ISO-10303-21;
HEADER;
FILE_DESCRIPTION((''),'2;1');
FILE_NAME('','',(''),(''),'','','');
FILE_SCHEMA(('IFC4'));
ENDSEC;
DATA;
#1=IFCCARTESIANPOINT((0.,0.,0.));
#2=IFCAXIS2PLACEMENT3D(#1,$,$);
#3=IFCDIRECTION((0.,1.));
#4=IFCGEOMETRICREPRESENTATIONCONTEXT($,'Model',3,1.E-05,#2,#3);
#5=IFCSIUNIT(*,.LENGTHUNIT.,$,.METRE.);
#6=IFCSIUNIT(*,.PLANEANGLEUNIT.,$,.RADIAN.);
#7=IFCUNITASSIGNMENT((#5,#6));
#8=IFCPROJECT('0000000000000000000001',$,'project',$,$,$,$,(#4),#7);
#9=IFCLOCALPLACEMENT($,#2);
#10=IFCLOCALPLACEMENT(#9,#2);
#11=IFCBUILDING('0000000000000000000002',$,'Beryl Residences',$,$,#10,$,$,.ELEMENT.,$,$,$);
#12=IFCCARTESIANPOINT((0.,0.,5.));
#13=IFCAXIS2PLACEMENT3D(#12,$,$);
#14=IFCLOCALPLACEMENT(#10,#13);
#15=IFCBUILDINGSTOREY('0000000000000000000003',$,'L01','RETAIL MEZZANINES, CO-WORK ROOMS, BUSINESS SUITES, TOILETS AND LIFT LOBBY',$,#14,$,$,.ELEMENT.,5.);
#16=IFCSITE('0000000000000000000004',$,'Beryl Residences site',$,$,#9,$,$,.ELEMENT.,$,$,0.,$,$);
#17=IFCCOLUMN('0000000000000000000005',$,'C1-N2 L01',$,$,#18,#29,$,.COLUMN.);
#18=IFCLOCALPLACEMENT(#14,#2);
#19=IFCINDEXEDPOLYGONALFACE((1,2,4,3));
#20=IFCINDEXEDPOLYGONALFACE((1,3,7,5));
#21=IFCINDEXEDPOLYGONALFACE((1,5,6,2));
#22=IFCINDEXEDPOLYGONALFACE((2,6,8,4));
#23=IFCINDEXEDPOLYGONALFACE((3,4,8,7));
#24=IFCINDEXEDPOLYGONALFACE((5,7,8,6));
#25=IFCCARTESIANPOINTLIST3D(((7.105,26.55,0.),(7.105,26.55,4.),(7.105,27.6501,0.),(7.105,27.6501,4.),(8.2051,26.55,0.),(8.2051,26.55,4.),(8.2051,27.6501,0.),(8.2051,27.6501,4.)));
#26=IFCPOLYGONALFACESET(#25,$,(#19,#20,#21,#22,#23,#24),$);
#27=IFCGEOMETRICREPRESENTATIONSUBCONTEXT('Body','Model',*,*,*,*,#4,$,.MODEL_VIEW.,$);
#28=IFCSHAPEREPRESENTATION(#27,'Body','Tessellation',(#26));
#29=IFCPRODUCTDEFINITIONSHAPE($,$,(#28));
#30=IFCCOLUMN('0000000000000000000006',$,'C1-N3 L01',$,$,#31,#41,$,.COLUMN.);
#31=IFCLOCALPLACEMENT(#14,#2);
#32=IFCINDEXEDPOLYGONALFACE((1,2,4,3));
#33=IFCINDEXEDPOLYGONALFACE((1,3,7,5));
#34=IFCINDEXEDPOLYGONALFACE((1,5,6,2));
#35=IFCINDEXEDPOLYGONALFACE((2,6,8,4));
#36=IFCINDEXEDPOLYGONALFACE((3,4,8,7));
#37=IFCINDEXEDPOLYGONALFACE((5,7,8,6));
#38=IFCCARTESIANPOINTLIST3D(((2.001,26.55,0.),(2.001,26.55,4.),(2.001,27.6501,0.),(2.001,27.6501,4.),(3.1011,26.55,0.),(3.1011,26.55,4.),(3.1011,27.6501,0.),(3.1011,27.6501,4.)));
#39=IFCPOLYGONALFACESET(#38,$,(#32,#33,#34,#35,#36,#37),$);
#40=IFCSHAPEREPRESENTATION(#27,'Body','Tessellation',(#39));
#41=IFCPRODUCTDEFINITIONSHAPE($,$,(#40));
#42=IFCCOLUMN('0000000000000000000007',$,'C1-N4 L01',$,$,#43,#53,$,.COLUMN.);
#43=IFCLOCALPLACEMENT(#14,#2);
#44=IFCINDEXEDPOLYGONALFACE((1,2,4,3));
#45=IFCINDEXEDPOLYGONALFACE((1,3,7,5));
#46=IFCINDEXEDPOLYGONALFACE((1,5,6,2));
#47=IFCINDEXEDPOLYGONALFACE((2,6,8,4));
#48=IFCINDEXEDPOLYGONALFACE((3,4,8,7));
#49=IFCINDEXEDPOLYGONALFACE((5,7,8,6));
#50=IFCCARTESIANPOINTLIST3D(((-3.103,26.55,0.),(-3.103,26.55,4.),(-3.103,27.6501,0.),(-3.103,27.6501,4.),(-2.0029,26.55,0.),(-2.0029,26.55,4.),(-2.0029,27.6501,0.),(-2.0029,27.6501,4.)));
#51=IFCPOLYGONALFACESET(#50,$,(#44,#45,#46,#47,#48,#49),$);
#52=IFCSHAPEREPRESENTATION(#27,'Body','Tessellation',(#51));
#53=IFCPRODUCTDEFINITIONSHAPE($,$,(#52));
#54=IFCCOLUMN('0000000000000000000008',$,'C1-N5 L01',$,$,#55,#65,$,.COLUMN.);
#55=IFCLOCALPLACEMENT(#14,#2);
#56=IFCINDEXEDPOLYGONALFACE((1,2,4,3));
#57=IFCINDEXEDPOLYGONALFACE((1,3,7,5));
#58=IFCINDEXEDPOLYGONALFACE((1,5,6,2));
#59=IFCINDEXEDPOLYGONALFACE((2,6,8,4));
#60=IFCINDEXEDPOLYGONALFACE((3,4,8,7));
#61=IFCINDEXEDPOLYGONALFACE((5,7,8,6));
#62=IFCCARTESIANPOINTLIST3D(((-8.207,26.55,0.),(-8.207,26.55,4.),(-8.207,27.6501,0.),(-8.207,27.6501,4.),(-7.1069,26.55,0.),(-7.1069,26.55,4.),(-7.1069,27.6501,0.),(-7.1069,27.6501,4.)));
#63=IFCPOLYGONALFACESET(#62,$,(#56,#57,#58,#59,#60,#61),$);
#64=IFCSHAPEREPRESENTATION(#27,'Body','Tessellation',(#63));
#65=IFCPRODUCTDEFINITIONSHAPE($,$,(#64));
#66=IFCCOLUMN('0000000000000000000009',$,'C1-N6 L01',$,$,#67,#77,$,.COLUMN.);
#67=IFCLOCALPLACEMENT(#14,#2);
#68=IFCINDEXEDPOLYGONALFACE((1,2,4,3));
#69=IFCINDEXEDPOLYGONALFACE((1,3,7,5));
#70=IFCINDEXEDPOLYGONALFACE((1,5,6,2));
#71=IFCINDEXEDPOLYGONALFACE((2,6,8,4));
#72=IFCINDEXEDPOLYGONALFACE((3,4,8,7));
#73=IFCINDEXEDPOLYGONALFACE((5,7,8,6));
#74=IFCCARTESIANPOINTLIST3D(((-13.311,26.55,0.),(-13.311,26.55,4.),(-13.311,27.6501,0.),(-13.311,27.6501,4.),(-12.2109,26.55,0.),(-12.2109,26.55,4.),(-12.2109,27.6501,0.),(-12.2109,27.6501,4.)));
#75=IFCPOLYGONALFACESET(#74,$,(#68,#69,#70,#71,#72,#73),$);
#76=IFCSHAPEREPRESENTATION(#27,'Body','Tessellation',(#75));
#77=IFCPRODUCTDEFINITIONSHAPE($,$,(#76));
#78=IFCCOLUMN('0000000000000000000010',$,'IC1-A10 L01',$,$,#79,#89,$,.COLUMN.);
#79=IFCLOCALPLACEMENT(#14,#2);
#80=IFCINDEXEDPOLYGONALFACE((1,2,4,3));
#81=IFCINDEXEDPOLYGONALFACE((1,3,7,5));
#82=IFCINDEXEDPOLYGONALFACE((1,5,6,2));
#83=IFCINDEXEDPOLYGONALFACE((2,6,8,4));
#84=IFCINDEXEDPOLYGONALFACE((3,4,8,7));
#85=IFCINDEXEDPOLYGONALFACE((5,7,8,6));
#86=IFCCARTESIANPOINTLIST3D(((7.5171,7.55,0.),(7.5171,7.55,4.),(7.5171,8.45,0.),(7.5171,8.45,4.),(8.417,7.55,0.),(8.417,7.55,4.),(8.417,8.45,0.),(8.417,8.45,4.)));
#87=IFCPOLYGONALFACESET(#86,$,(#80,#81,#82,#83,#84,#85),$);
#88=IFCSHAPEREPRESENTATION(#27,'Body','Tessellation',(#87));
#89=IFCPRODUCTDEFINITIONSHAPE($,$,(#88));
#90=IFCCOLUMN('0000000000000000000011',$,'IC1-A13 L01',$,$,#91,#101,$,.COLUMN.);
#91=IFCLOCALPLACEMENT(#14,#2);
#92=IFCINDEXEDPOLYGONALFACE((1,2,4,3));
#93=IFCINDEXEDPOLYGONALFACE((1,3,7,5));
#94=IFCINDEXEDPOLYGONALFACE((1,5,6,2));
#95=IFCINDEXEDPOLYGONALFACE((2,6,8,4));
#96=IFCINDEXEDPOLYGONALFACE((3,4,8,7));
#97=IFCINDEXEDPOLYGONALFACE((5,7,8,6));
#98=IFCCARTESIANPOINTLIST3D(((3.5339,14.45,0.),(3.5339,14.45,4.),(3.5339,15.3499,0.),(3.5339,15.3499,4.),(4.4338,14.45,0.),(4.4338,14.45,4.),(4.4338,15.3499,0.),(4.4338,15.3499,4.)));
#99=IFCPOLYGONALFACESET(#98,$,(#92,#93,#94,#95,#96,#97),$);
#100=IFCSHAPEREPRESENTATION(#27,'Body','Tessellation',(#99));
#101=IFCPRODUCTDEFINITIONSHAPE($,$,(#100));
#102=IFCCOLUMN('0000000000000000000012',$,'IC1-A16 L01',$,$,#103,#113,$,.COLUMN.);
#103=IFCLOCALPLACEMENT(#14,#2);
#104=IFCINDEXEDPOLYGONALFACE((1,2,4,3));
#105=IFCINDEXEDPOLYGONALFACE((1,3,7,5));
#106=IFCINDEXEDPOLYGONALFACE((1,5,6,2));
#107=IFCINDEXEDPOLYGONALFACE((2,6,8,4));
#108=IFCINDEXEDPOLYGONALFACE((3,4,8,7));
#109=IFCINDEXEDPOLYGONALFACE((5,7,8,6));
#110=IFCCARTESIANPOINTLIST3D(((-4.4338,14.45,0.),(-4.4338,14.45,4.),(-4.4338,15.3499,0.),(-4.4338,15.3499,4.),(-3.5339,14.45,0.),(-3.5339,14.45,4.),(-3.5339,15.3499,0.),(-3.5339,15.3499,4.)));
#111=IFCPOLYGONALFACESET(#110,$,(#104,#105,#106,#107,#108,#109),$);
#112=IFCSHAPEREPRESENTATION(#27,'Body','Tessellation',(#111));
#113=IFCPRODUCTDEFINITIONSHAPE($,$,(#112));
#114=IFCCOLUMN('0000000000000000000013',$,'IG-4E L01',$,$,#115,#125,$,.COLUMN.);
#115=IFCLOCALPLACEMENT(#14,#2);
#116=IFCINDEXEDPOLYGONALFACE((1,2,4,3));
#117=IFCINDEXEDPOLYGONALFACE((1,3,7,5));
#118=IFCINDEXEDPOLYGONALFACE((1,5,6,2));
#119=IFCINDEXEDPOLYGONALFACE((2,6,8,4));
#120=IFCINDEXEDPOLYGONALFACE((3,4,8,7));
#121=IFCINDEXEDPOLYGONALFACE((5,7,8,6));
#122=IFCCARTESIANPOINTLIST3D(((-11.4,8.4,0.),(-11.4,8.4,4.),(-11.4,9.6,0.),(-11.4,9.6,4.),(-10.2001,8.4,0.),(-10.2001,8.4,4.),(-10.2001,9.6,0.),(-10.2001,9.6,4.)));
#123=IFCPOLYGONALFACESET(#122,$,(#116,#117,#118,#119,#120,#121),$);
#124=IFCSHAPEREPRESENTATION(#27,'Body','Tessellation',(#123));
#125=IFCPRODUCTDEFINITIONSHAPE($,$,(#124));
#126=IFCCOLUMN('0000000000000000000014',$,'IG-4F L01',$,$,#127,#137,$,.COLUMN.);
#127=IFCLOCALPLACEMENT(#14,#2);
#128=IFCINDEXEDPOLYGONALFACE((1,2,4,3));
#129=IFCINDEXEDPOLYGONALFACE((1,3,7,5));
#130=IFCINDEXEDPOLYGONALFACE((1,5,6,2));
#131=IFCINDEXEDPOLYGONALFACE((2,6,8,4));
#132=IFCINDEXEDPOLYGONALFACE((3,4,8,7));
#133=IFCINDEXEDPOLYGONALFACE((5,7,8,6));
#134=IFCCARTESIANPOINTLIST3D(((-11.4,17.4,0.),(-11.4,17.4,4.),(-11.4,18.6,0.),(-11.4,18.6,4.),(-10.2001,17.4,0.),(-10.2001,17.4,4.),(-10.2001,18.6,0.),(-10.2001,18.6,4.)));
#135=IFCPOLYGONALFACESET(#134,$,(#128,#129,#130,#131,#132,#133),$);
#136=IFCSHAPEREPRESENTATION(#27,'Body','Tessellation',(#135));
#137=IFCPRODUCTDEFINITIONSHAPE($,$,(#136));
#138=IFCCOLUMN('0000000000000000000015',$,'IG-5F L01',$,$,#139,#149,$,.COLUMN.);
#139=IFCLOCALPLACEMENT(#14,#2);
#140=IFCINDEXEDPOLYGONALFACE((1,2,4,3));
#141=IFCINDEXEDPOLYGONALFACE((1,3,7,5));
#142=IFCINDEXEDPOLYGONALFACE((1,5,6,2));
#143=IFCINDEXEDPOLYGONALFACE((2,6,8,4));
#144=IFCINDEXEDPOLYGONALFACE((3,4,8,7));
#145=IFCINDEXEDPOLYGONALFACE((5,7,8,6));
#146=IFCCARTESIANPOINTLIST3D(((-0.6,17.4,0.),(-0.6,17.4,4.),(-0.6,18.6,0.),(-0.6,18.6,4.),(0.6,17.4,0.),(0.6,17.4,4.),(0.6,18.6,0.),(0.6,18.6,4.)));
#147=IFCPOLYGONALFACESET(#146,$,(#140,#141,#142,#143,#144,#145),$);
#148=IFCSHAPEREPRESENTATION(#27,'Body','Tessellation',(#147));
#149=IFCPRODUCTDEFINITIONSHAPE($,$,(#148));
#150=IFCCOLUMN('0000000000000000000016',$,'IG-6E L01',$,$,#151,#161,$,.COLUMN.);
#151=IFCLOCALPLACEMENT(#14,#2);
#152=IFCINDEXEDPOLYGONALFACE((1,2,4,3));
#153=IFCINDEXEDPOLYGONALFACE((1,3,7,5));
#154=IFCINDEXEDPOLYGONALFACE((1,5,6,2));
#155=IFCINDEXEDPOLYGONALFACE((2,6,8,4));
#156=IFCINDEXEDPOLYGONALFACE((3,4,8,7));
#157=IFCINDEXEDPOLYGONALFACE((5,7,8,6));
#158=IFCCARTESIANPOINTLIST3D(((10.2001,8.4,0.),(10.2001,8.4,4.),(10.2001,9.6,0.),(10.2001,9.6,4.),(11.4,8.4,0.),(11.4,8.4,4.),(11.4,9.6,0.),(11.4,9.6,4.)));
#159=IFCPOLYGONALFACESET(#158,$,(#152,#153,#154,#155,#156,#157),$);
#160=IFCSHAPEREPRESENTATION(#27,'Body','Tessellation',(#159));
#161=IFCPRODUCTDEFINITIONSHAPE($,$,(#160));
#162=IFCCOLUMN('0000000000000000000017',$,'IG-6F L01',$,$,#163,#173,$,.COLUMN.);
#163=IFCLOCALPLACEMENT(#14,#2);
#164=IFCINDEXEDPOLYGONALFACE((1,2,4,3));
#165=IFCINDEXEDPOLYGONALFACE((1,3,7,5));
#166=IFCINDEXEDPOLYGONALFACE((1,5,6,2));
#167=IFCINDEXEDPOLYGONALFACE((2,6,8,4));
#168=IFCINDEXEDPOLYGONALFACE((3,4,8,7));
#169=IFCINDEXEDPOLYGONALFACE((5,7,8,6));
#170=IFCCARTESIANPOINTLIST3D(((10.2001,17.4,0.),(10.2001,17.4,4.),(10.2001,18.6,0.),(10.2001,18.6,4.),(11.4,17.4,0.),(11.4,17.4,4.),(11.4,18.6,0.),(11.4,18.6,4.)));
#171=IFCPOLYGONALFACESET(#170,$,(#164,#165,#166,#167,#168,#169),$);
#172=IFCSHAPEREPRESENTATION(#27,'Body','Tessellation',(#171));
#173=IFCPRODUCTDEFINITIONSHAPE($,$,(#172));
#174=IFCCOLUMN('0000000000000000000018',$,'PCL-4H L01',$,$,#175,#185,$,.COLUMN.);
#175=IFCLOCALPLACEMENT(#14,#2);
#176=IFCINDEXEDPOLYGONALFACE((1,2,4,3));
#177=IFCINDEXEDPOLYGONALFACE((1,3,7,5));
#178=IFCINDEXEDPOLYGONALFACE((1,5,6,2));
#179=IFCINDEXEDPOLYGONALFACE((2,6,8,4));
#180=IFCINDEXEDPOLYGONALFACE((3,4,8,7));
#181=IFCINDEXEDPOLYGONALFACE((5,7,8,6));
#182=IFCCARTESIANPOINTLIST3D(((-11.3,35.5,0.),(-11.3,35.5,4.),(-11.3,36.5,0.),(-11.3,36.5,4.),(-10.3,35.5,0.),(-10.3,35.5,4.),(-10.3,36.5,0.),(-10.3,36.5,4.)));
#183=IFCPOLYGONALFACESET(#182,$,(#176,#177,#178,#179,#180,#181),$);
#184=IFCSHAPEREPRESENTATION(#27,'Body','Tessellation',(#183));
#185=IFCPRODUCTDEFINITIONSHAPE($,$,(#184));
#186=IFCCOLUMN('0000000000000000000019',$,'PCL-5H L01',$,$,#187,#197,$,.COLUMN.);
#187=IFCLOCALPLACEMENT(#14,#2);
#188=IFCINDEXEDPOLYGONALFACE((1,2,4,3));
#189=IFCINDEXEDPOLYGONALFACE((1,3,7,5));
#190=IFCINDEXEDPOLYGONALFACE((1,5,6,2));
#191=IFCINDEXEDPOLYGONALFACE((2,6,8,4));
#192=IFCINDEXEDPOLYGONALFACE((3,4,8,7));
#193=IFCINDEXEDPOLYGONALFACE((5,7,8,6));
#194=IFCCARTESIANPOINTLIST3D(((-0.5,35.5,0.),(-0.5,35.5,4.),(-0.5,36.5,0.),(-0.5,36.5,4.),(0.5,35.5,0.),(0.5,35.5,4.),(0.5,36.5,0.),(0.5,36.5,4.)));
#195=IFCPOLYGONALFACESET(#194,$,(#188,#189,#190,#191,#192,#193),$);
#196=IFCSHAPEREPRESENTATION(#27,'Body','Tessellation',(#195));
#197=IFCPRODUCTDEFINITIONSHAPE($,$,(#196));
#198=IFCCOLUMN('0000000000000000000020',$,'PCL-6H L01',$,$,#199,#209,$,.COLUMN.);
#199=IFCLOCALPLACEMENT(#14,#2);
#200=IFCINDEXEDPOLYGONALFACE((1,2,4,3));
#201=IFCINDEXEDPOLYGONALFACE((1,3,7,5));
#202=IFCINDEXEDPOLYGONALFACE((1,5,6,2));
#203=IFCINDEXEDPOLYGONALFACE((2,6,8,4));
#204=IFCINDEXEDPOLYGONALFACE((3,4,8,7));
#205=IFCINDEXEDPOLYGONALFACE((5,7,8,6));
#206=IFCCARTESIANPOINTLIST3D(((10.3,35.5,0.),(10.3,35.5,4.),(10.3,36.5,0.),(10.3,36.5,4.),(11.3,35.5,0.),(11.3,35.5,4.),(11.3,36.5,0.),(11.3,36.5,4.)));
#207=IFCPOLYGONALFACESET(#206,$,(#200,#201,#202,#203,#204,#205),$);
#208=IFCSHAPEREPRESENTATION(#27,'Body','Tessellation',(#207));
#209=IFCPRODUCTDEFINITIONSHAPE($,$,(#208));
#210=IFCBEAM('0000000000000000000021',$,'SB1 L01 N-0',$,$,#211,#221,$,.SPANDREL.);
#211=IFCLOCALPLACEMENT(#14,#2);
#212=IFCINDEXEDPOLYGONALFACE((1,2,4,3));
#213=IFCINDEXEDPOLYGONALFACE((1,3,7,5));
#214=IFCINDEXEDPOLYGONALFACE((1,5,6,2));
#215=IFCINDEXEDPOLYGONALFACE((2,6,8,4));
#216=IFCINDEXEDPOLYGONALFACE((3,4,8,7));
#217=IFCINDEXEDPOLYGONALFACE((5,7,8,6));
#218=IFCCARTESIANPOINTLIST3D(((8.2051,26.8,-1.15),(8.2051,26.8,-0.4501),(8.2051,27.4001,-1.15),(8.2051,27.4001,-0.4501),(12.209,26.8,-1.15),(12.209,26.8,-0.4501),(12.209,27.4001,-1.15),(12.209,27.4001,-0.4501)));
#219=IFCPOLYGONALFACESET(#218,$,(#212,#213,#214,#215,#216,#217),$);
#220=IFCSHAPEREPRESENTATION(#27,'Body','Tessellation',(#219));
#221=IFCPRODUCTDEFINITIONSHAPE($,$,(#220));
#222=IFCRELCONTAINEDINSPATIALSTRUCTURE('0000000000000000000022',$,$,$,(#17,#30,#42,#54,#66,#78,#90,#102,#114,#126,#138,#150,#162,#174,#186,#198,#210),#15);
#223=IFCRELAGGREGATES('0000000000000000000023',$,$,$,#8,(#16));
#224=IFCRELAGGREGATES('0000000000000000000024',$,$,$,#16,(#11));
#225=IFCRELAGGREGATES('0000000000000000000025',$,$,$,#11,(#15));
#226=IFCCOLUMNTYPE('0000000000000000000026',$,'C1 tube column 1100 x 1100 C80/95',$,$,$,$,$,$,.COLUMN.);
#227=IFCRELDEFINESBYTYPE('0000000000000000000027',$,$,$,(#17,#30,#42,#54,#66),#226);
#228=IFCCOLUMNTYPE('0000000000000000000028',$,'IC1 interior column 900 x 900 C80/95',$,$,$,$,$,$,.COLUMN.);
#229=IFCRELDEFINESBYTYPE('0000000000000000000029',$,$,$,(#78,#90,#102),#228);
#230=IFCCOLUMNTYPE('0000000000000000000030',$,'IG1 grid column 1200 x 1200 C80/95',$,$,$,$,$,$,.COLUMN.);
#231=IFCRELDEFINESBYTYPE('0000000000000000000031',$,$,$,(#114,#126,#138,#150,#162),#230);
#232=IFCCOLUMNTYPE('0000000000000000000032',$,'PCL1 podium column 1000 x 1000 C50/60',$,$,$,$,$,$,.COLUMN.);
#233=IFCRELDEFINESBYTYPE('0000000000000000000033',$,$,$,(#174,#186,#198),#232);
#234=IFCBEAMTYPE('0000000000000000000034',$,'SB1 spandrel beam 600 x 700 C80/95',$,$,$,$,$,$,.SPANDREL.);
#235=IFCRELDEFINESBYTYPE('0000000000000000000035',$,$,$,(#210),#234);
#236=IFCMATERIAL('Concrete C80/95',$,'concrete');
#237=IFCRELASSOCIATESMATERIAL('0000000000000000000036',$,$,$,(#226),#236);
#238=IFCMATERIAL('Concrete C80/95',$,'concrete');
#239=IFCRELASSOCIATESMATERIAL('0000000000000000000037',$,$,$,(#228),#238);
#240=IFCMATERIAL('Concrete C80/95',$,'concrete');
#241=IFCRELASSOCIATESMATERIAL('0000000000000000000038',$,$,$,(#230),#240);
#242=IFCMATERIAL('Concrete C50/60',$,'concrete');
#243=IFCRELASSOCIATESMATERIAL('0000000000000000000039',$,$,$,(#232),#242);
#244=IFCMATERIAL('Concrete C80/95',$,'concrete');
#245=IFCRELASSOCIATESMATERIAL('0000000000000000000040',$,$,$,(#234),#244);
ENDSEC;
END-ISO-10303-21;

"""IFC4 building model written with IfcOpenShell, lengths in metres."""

from ifc_helpers import new_model, si_unit, direction, frame, origin, origin_2d, place, context, subcontext, project, spatial, rectangle, extrude, material, material_profile, profile_set, type_object, element, save


model = new_model("IFC4")

# Units and contexts
model_context = context("Model", 3, precision=1e-05, world=origin(), true_north=direction((0.0, 1.0)))
body_context = subcontext(model_context, "Body", "Model", "MODEL_VIEW")
ifc_project = project(units=[si_unit("LENGTHUNIT", "METRE"), si_unit("PLANEANGLEUNIT", "RADIAN")], contexts=[model_context])

# Site, building, storey
site_placement = place(None, origin())
site = spatial("IfcSite", under=ifc_project, at=site_placement, Name="Beryl Residences site", CompositionType="ELEMENT", RefElevation=0.0)
building_placement = place(site_placement, origin())
building = spatial("IfcBuilding", under=site, at=building_placement, Name="Beryl Residences", CompositionType="ELEMENT")
storey_placement = place(building_placement, frame((0.0, 0.0, 5.0)))
storey = spatial("IfcBuildingStorey", under=building, at=storey_placement, Name="L01", Description="RETAIL MEZZANINES, CO-WORK ROOMS, BUSINESS SUITES, TOILETS AND LIFT LOBBY", CompositionType="ELEMENT", Elevation=5.0)

# Columns
ifc_material_1 = material(Name="Concrete C80/95", Category="concrete")
ifc_material_profile_1 = material_profile(ifc_material_1, rectangle(XDim=1.1001, YDim=1.1001, at=origin_2d()))
ifc_profile_set_1 = profile_set([ifc_material_profile_1], Name="Concrete C80/95")
column_type_1 = type_object("IfcColumnType", Name="C1 tube column 1100 x 1100 C80/95", PredefinedType="COLUMN", material=ifc_profile_set_1)
for number, where, z_axis, x_axis, name in (
    (1, (7.655, 27.1001, 0.0), (0.0, 0.0, 1.0), (-1.0, 0.0, 0.0), "C1-N2 L01"),
    (2, (2.551, 27.1001, 0.0), (0.0, 0.0, 1.0), (-1.0, 0.0, 0.0), "C1-N3 L01"),
    (3, (-2.553, 27.1001, 0.0), (0.0, 0.0, 1.0), (-1.0, 0.0, 0.0), "C1-N4 L01"),
    (4, (-7.657, 27.1001, 0.0), (0.0, 0.0, 1.0), (-1.0, 0.0, 0.0), "C1-N5 L01"),
    (5, (-12.761, 27.1001, 0.0), (0.0, 0.0, 1.0), (-1.0, 0.0, 0.0), "C1-N6 L01"),
):
    element("IfcColumn", number, at=place(storey_placement, frame(where, z_axis=z_axis, x_axis=x_axis)), inside=storey, type_object=column_type_1, Name=name, PredefinedType="COLUMN", context=body_context, shape_type="SweptSolid", body=[
        extrude(rectangle(XDim=1.1001, YDim=1.1001, at=origin_2d()), origin(), (0.0, 0.0, 1.0), 4.0),
    ])
ifc_material_2 = material(Name="Concrete C80/95", Category="concrete")
ifc_material_profile_2 = material_profile(ifc_material_2, rectangle(XDim=0.8999, YDim=0.8999, at=origin_2d()))
ifc_profile_set_2 = profile_set([ifc_material_profile_2], Name="Concrete C80/95")
column_type_2 = type_object("IfcColumnType", Name="IC1 interior column 900 x 900 C80/95", PredefinedType="COLUMN", material=ifc_profile_set_2)
for number, where, z_axis, x_axis, name in (
    (6, (7.967, 8.0, 0.0), (0.0, 0.0, 1.0), (1.0, 0.0, 0.0), "IC1-A10 L01"),
    (7, (3.9839, 14.8999, 0.0), (0.0, 0.0, 1.0), (1.0, 0.0, 0.0), "IC1-A13 L01"),
    (8, (-3.9839, 14.8999, 0.0), (0.0, 0.0, 1.0), (1.0, 0.0, 0.0), "IC1-A16 L01"),
):
    element("IfcColumn", number, at=place(storey_placement, frame(where, z_axis=z_axis, x_axis=x_axis)), inside=storey, type_object=column_type_2, Name=name, PredefinedType="COLUMN", context=body_context, shape_type="SweptSolid", body=[
        extrude(rectangle(XDim=0.8999, YDim=0.8999, at=origin_2d()), origin(), (0.0, 0.0, 1.0), 4.0),
    ])
ifc_material_3 = material(Name="Concrete C80/95", Category="concrete")
ifc_material_profile_3 = material_profile(ifc_material_3, rectangle(XDim=1.2, YDim=1.2, at=origin_2d()))
ifc_profile_set_3 = profile_set([ifc_material_profile_3], Name="Concrete C80/95")
column_type_3 = type_object("IfcColumnType", Name="IG1 grid column 1200 x 1200 C80/95", PredefinedType="COLUMN", material=ifc_profile_set_3)
for number, where, z_axis, x_axis, name in (
    (9, (-10.8, 9.0, 0.0), (0.0, 0.0, 1.0), (1.0, 0.0, 0.0), "IG-4E L01"),
    (10, (-10.8, 18.0, 0.0), (0.0, 0.0, 1.0), (1.0, 0.0, 0.0), "IG-4F L01"),
    (11, (0.0, 18.0, 0.0), (0.0, 0.0, 1.0), (1.0, 0.0, 0.0), "IG-5F L01"),
    (12, (10.8, 9.0, 0.0), (0.0, 0.0, 1.0), (1.0, 0.0, 0.0), "IG-6E L01"),
    (13, (10.8, 18.0, 0.0), (0.0, 0.0, 1.0), (1.0, 0.0, 0.0), "IG-6F L01"),
):
    element("IfcColumn", number, at=place(storey_placement, frame(where, z_axis=z_axis, x_axis=x_axis)), inside=storey, type_object=column_type_3, Name=name, PredefinedType="COLUMN", context=body_context, shape_type="SweptSolid", body=[
        extrude(rectangle(XDim=1.2, YDim=1.2, at=origin_2d()), origin(), (0.0, 0.0, 1.0), 4.0),
    ])
ifc_material_4 = material(Name="Concrete C50/60", Category="concrete")
ifc_material_profile_4 = material_profile(ifc_material_4, rectangle(XDim=1.0, YDim=1.0, at=origin_2d()))
ifc_profile_set_4 = profile_set([ifc_material_profile_4], Name="Concrete C50/60")
column_type_4 = type_object("IfcColumnType", Name="PCL1 podium column 1000 x 1000 C50/60", PredefinedType="COLUMN", material=ifc_profile_set_4)
for number, where, z_axis, x_axis, name in (
    (14, (-10.8, 36.0, 0.0), (0.0, 0.0, 1.0), (1.0, 0.0, 0.0), "PCL-4H L01"),
    (15, (0.0, 36.0, 0.0), (0.0, 0.0, 1.0), (1.0, 0.0, 0.0), "PCL-5H L01"),
    (16, (10.8, 36.0, 0.0), (0.0, 0.0, 1.0), (1.0, 0.0, 0.0), "PCL-6H L01"),
):
    element("IfcColumn", number, at=place(storey_placement, frame(where, z_axis=z_axis, x_axis=x_axis)), inside=storey, type_object=column_type_4, Name=name, PredefinedType="COLUMN", context=body_context, shape_type="SweptSolid", body=[
        extrude(rectangle(XDim=1.0, YDim=1.0, at=origin_2d()), origin(), (0.0, 0.0, 1.0), 4.0),
    ])

# Beam
ifc_material_5 = material(Name="Concrete C80/95", Category="concrete")
ifc_material_profile_5 = material_profile(ifc_material_5, rectangle(XDim=0.6001, YDim=0.7, at=origin_2d()))
ifc_profile_set_5 = profile_set([ifc_material_profile_5], Name="Concrete C80/95")
beam_type = type_object("IfcBeamType", Name="SB1 spandrel beam 600 x 700 C80/95", PredefinedType="SPANDREL", material=ifc_profile_set_5)
for number, where, z_axis, x_axis, name in (
    (17, (12.209, 27.1001, -0.8), (-1.0, 0.0, 0.0), (0.0, -1.0, 0.0), "SB1 L01 N-0"),
):
    element("IfcBeam", number, at=place(storey_placement, frame(where, z_axis=z_axis, x_axis=x_axis)), inside=storey, type_object=beam_type, Name=name, PredefinedType="SPANDREL", context=body_context, shape_type="SweptSolid", body=[
        extrude(rectangle(XDim=0.6001, YDim=0.7, at=origin_2d()), origin(), (0.0, 0.0, 1.0), 4.0039),
    ])

save(model, "model.ifc")
